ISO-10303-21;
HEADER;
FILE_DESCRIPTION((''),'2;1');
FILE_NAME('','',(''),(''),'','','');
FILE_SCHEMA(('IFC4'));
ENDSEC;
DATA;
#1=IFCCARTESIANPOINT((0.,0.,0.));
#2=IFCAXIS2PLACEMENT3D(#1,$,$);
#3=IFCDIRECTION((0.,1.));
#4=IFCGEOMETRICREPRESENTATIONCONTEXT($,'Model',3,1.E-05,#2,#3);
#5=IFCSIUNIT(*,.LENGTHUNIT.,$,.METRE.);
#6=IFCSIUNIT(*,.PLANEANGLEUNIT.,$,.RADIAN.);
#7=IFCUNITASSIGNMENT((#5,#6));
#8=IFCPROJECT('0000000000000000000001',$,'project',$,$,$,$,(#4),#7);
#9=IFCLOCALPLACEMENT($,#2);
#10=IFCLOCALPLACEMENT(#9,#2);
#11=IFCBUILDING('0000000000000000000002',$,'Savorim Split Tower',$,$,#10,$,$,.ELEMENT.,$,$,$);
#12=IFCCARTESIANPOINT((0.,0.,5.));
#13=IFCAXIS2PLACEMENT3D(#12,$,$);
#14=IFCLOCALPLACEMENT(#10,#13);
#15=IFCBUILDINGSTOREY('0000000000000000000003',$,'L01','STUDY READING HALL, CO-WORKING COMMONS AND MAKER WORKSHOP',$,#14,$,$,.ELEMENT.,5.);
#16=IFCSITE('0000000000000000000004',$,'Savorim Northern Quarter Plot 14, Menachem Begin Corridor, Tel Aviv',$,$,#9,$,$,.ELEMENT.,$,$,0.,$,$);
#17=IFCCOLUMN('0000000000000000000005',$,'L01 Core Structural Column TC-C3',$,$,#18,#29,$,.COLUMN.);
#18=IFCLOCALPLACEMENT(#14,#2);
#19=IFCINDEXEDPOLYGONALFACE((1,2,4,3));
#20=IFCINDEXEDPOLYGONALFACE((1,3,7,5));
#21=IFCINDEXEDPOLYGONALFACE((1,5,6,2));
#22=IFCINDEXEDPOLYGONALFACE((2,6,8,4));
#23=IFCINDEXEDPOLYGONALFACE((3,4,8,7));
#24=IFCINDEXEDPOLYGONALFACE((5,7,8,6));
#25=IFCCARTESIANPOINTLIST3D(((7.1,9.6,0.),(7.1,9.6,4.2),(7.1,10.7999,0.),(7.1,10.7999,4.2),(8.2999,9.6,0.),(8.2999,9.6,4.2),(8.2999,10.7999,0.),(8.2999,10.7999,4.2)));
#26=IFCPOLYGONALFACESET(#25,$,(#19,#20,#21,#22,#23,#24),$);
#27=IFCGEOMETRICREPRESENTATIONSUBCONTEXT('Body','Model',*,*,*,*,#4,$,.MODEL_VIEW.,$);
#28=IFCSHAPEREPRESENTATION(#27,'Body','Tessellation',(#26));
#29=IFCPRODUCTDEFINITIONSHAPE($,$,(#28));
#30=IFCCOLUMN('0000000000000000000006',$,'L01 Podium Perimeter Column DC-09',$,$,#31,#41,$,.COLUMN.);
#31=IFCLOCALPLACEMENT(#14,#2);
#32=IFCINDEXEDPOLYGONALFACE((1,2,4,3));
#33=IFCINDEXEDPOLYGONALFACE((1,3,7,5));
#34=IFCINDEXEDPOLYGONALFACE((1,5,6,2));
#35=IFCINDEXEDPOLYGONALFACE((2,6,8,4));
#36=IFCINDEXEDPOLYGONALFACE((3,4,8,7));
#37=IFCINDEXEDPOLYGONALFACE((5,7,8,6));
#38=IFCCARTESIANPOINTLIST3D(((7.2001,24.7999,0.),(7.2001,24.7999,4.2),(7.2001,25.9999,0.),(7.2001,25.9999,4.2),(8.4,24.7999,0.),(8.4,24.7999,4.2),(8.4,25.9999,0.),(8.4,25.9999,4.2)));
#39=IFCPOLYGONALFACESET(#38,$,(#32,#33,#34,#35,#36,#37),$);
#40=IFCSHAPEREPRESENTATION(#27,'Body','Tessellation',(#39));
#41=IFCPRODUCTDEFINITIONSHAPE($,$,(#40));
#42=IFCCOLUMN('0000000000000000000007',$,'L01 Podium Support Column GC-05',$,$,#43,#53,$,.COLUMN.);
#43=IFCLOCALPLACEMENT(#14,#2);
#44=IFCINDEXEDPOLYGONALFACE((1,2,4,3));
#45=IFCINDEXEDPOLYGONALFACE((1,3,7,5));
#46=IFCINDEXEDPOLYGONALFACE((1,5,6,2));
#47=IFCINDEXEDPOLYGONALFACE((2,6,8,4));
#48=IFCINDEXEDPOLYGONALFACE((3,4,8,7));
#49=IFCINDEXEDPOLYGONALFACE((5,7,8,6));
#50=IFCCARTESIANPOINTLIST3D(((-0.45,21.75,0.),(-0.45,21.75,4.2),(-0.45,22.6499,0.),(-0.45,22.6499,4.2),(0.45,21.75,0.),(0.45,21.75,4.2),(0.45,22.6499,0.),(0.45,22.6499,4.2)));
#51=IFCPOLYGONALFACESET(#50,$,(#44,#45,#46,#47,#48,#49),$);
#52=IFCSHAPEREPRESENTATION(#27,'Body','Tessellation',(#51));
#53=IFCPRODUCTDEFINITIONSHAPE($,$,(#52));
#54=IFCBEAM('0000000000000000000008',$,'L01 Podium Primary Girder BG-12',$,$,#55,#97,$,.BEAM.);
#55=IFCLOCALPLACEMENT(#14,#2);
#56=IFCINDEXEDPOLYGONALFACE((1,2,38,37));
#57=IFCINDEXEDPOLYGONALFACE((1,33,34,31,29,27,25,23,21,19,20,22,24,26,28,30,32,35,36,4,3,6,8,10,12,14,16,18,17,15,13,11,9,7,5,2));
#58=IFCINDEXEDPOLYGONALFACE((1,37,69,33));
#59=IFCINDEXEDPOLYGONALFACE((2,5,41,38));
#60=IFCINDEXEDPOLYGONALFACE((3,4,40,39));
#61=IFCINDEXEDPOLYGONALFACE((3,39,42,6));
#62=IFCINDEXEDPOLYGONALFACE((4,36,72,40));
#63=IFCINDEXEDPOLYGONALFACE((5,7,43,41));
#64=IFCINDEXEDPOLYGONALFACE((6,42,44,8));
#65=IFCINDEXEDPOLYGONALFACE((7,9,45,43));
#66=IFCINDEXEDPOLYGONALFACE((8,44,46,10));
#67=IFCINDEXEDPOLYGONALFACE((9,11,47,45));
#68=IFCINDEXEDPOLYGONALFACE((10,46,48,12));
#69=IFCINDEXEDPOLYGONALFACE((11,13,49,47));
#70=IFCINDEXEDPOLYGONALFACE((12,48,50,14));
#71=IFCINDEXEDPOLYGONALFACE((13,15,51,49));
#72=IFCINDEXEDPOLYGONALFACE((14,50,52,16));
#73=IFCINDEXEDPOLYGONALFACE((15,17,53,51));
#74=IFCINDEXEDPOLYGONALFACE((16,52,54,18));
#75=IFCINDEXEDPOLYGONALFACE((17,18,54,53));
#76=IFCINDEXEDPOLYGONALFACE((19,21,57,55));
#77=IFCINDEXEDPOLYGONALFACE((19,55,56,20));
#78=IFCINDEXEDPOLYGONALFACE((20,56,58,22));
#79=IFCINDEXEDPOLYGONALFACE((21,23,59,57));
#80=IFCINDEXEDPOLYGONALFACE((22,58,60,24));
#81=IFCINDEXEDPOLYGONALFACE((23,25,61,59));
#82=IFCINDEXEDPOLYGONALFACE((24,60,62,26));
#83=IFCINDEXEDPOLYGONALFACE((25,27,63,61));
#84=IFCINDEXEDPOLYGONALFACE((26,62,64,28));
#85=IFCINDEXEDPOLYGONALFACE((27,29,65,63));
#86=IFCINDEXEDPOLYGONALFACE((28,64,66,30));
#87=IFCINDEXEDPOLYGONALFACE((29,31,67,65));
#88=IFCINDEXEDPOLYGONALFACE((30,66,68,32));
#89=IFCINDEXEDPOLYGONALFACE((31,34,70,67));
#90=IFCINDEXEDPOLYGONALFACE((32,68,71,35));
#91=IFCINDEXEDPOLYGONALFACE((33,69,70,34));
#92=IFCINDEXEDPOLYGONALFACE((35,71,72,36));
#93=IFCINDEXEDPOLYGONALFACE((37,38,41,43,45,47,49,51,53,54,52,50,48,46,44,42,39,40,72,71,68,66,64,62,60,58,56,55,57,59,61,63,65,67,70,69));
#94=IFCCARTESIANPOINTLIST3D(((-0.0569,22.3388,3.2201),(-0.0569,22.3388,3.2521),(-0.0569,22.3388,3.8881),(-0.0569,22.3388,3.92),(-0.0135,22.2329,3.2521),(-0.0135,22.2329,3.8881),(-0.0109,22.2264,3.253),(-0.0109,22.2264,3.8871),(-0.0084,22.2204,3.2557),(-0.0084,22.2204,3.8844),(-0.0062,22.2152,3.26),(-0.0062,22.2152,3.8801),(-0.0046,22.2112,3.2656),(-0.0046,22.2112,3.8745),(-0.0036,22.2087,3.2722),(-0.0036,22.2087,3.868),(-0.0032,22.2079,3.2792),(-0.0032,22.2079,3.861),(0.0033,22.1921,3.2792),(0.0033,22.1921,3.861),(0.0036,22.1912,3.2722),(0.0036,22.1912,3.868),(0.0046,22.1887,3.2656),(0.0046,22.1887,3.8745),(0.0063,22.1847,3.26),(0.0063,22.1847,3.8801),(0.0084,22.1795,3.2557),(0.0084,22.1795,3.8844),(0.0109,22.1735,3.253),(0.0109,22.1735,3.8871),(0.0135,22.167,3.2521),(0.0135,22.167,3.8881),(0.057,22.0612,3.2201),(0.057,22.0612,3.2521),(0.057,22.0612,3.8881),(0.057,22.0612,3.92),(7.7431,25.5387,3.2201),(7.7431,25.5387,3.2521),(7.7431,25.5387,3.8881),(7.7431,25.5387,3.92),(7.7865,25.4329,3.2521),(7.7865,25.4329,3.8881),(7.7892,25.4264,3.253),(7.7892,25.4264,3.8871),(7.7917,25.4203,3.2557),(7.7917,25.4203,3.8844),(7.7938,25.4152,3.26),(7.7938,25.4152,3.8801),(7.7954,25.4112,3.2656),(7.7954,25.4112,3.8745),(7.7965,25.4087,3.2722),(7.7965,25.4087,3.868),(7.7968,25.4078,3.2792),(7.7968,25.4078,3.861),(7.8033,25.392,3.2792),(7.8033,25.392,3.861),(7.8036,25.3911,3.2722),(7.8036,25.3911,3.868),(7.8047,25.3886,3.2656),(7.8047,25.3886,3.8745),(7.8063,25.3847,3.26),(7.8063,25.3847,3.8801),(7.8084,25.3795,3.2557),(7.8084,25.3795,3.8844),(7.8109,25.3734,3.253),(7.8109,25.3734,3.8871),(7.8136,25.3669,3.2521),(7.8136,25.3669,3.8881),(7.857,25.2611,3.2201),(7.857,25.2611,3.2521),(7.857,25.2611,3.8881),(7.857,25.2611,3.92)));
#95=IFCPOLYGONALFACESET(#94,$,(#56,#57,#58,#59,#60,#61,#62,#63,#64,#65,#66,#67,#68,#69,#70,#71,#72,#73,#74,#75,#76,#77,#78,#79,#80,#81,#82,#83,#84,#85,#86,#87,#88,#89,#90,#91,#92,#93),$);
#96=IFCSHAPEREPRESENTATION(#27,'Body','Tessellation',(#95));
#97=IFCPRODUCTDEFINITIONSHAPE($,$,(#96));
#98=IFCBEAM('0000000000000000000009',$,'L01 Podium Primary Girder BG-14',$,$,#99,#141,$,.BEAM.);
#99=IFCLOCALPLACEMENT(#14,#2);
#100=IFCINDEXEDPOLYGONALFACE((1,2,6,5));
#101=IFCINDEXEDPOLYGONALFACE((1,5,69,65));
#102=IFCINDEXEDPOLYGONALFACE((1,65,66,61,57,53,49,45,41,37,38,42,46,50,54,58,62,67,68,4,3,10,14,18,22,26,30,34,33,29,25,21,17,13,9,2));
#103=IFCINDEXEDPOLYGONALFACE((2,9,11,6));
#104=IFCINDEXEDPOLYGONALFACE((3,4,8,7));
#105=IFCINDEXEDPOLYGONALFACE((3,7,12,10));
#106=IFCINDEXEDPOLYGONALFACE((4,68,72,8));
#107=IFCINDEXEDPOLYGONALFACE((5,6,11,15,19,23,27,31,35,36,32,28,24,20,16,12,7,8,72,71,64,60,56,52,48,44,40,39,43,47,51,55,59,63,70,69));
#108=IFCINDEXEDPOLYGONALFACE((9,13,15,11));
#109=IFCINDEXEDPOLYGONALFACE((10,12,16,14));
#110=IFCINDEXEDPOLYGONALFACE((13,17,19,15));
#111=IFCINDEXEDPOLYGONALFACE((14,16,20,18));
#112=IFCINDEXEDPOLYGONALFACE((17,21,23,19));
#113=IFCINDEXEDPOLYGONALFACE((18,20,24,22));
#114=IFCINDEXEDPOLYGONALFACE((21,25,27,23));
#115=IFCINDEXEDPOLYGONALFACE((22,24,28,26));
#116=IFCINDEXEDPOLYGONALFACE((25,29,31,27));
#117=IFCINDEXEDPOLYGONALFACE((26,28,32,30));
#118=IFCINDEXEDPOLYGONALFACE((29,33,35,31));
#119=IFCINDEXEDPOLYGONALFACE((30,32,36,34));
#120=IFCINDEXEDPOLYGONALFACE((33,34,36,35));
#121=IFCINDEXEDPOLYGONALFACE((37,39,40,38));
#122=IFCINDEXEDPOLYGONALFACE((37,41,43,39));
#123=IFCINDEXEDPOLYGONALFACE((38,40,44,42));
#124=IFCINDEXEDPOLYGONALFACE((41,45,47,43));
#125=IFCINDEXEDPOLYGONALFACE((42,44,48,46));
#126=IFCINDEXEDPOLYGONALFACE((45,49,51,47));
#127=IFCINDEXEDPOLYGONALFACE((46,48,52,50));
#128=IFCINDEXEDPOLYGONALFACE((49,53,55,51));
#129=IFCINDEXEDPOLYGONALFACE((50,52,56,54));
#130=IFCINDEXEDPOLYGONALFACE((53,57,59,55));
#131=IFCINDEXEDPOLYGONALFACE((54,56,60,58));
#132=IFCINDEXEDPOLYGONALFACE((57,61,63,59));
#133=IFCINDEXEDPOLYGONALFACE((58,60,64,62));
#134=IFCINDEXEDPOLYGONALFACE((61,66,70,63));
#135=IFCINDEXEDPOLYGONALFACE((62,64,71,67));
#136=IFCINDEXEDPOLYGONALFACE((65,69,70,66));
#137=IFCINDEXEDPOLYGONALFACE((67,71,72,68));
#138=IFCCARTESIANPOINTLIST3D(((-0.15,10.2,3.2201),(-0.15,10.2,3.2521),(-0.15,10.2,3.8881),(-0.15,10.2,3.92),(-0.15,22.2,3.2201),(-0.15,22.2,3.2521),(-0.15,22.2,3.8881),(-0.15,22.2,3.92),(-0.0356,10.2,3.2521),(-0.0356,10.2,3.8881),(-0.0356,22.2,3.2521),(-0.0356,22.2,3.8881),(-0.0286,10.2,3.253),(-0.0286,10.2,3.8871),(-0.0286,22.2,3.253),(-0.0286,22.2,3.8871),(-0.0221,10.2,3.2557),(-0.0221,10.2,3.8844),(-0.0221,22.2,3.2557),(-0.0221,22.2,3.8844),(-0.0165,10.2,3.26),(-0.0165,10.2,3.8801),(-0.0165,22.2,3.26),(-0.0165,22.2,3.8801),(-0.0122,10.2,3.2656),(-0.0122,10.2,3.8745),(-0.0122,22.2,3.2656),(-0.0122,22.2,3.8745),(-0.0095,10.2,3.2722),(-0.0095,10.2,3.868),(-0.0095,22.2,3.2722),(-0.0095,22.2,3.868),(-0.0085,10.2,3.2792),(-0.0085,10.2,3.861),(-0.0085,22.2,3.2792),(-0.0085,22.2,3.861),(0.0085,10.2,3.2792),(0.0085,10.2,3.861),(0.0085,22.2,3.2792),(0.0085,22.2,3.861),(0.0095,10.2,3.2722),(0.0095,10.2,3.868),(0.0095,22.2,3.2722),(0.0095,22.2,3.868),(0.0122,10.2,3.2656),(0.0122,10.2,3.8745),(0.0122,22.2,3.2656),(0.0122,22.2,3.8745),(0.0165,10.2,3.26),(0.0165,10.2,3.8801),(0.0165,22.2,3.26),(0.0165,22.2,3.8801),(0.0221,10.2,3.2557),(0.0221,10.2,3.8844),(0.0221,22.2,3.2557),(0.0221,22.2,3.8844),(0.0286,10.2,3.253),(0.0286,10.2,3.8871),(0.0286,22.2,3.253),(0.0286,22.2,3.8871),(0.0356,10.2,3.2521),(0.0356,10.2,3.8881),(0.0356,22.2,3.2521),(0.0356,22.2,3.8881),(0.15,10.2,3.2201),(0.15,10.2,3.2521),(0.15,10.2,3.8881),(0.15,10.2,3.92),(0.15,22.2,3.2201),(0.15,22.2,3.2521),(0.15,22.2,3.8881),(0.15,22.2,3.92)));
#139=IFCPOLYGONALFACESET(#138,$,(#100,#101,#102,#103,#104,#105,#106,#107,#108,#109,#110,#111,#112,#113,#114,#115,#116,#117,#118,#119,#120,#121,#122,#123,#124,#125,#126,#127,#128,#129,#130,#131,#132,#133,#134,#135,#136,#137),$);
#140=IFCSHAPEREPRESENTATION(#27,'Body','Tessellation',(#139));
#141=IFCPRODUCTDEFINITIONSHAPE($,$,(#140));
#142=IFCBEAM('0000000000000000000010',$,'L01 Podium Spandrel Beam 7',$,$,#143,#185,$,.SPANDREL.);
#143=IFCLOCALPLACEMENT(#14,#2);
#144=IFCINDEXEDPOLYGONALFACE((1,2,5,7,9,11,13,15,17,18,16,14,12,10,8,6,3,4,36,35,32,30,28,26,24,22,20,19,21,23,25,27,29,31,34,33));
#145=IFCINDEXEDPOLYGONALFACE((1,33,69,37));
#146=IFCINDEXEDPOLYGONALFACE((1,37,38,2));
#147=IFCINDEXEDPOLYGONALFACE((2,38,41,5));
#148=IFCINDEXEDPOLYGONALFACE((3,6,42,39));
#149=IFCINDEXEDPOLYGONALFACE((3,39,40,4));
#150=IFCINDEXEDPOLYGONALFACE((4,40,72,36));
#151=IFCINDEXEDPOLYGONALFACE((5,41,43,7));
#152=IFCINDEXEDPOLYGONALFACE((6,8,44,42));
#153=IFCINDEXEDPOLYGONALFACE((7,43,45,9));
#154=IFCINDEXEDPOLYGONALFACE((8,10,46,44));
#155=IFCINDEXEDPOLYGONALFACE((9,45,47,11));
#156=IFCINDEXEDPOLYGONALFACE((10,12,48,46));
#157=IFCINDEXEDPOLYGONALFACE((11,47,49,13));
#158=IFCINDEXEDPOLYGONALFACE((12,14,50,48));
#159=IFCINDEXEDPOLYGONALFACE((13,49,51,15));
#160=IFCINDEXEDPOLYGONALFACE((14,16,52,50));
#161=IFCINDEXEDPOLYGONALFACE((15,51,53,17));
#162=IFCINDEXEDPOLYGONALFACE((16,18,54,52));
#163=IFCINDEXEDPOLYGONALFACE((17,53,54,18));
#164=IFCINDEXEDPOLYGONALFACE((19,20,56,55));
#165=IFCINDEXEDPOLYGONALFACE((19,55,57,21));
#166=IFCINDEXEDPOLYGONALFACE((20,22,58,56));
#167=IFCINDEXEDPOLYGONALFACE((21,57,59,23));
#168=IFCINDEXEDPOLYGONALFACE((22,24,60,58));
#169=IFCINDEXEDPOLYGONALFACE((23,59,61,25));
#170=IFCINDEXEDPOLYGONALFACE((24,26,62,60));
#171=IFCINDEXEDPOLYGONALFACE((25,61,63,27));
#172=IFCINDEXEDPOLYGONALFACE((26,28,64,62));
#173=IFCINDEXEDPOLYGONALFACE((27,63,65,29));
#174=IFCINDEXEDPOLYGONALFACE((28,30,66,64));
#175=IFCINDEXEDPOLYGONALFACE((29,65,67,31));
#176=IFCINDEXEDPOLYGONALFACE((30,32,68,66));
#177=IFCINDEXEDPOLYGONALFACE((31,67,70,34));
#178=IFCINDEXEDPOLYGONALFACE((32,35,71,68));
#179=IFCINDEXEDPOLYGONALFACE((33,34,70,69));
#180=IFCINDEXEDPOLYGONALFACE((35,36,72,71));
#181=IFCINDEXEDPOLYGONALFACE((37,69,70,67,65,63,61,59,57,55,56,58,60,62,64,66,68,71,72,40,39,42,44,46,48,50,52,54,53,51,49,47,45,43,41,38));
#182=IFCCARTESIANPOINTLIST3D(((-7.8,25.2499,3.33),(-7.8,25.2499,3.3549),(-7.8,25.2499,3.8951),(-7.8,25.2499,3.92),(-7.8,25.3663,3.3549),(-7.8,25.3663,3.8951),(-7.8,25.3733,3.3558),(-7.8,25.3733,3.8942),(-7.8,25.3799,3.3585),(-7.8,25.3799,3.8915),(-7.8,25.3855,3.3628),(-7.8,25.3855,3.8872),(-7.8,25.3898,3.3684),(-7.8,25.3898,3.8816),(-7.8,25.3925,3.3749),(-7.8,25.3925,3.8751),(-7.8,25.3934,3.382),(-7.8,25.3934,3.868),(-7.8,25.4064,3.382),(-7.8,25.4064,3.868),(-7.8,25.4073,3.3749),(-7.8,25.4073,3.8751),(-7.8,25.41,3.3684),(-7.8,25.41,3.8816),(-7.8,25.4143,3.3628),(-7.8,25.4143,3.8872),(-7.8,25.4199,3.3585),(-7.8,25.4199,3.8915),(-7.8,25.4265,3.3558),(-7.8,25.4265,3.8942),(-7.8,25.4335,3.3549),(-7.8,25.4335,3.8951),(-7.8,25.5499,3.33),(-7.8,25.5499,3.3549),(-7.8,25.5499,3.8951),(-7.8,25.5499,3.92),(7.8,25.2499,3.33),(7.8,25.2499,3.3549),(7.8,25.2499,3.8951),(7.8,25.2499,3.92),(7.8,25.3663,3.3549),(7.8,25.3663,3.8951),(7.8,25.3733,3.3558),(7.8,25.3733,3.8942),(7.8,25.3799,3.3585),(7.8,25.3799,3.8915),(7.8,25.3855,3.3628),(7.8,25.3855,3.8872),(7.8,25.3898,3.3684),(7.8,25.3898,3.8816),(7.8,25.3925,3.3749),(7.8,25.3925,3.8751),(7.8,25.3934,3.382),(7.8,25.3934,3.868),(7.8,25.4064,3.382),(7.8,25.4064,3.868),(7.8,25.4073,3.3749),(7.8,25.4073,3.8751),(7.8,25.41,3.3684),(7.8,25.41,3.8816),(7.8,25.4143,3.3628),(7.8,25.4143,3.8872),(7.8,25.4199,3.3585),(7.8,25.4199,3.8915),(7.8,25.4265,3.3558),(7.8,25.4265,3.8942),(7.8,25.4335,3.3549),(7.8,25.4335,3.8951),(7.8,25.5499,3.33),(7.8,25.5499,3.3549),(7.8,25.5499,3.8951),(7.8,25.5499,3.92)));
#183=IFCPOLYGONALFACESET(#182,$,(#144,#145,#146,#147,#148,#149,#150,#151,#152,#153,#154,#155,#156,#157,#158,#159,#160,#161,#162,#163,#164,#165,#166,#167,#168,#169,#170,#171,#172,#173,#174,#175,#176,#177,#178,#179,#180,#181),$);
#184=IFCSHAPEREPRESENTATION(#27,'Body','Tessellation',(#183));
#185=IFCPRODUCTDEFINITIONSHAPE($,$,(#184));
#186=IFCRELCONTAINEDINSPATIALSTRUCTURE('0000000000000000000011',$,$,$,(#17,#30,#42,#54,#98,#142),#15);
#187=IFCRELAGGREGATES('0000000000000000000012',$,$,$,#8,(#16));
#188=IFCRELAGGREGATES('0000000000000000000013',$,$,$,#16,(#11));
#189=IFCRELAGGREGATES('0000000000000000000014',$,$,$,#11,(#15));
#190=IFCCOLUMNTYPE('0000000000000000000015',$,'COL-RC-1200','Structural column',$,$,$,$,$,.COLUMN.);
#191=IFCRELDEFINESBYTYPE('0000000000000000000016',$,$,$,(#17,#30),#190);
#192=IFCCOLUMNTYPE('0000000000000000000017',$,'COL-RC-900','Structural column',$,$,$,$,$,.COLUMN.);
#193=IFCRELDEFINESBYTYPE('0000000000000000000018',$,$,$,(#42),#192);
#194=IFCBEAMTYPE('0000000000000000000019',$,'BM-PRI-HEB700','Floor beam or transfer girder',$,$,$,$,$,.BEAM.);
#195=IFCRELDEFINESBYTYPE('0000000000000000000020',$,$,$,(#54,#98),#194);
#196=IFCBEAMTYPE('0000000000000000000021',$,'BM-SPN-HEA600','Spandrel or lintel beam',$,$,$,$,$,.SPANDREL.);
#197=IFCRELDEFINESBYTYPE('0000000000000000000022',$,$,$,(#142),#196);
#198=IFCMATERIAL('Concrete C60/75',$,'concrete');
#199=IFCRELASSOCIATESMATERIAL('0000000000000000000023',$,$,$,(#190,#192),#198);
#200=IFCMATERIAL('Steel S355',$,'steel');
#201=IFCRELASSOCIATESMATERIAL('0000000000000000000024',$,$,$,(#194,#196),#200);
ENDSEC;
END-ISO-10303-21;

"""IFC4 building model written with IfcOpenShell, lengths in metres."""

from ifc_helpers import new_model, si_unit, direction, frame, origin, origin_2d, place, context, subcontext, project, spatial, rectangle, i_section, extrude, material, material_profile, profile_set, type_object, element, save


model = new_model("IFC4")

# Units and contexts
model_context = context("Model", 3, precision=1e-05, world=origin(), true_north=direction((0.0, 1.0)))
body_context = subcontext(model_context, "Body", "Model", "MODEL_VIEW")
ifc_project = project(units=[si_unit("LENGTHUNIT", "METRE"), si_unit("PLANEANGLEUNIT", "RADIAN")], contexts=[model_context])

# Site, building, storey
site_placement = place(None, origin())
site = spatial("IfcSite", under=ifc_project, at=site_placement, Name="Savorim Northern Quarter Plot 14, Menachem Begin Corridor, Tel Aviv", CompositionType="ELEMENT", RefElevation=0.0)
building_placement = place(site_placement, origin())
building = spatial("IfcBuilding", under=site, at=building_placement, Name="Savorim Split Tower", CompositionType="ELEMENT")
storey_placement = place(building_placement, frame((0.0, 0.0, 5.0)))
storey = spatial("IfcBuildingStorey", under=building, at=storey_placement, Name="L01", Description="STUDY READING HALL, CO-WORKING COMMONS AND MAKER WORKSHOP", CompositionType="ELEMENT", Elevation=5.0)

# Columns
ifc_material_1 = material(Name="Concrete C60/75", Category="concrete")
ifc_material_profile_1 = material_profile(ifc_material_1, rectangle(XDim=1.2, YDim=1.2, at=origin_2d()), Name="RC 1200x1200")
ifc_profile_set_1 = profile_set([ifc_material_profile_1], Name="Concrete C60/75")
column_type_1 = type_object("IfcColumnType", Name="COL-RC-1200", Description="Structural column", PredefinedType="COLUMN", material=ifc_profile_set_1)
for number, where, z_axis, x_axis, name in (
    (1, (7.7, 10.2, 0.0), (0.0, 0.0, 1.0), (1.0, 0.0, 0.0), "L01 Core Structural Column TC-C3"),
    (2, (7.8, 25.3999, 0.0), (0.0, 0.0, 1.0), (1.0, 0.0, 0.0), "L01 Podium Perimeter Column DC-09"),
):
    element("IfcColumn", number, at=place(storey_placement, frame(where, z_axis=z_axis, x_axis=x_axis)), inside=storey, type_object=column_type_1, Name=name, PredefinedType="COLUMN", context=body_context, shape_type="SweptSolid", body=[
        extrude(rectangle(XDim=1.2, YDim=1.2, at=origin_2d()), origin(), (0.0, 0.0, 1.0), 4.2),
    ])
ifc_material_profile_2 = material_profile(ifc_material_1, rectangle(XDim=0.8999, YDim=0.8999, at=origin_2d()), Name="RC 900x900")
ifc_profile_set_2 = profile_set([ifc_material_profile_2], Name="Concrete C60/75")
column_type_2 = type_object("IfcColumnType", Name="COL-RC-900", Description="Structural column", PredefinedType="COLUMN", material=ifc_profile_set_2)
column_placement = place(storey_placement, frame((0.0, 22.2, 0.0), z_axis=(0.0, 0.0, 1.0), x_axis=(1.0, 0.0, 0.0)))
element("IfcColumn", 3, at=column_placement, inside=storey, type_object=column_type_2, Name="L01 Podium Support Column GC-05", PredefinedType="COLUMN", context=body_context, shape_type="SweptSolid", body=[
    extrude(rectangle(XDim=0.8999, YDim=0.8999, at=origin_2d()), origin(), (0.0, 0.0, 1.0), 4.2),
])

# Beams
ifc_material_2 = material(Name="Steel S355", Category="steel")
ifc_material_profile_3 = material_profile(ifc_material_2, i_section(OverallWidth=0.3, OverallDepth=0.7, WebThickness=0.0171, FlangeThickness=0.032, FilletRadius=0.0271, at=origin_2d()), Name="HEB 700")
ifc_profile_set_3 = profile_set([ifc_material_profile_3], Name="Steel S355")
beam_type_1 = type_object("IfcBeamType", Name="BM-PRI-HEB700", Description="Floor beam or transfer girder", PredefinedType="BEAM", material=ifc_profile_set_3)
beam_1_placement = place(storey_placement, frame((7.8, 25.3999, 3.5701), z_axis=(-0.925171, -0.379549, 0.0), x_axis=(0.379549, -0.925171, 0.0)))
element("IfcBeam", 4, at=beam_1_placement, inside=storey, type_object=beam_type_1, Name="L01 Podium Primary Girder BG-12", PredefinedType="BEAM", context=body_context, shape_type="SweptSolid", body=[
    extrude(i_section(OverallWidth=0.3, OverallDepth=0.7, WebThickness=0.0171, FlangeThickness=0.032, FilletRadius=0.0271, at=origin_2d()), origin(), (0.0, 0.0, 1.0), 8.4309),
])
beam_2_placement = place(storey_placement, frame((0.0, 22.2, 3.5701), z_axis=(0.0, -1.0, 0.0), x_axis=(1.0, 0.0, 0.0)))
element("IfcBeam", 5, at=beam_2_placement, inside=storey, type_object=beam_type_1, Name="L01 Podium Primary Girder BG-14", PredefinedType="BEAM", context=body_context, shape_type="SweptSolid", body=[
    extrude(i_section(OverallWidth=0.3, OverallDepth=0.7, WebThickness=0.0171, FlangeThickness=0.032, FilletRadius=0.0271, at=origin_2d()), origin(), (0.0, 0.0, 1.0), 12.0),
])
ifc_material_profile_4 = material_profile(ifc_material_2, i_section(OverallWidth=0.3, OverallDepth=0.5901, WebThickness=0.0129, FlangeThickness=0.0249, FilletRadius=0.0271, at=origin_2d()), Name="HEA 600")
ifc_profile_set_4 = profile_set([ifc_material_profile_4], Name="Steel S355")
beam_type_2 = type_object("IfcBeamType", Name="BM-SPN-HEA600", Description="Spandrel or lintel beam", PredefinedType="SPANDREL", material=ifc_profile_set_4)
beam_3_placement = place(storey_placement, frame((7.8, 25.3999, 3.625), z_axis=(-1.0, 0.0, 0.0), x_axis=(0.0, -1.0, 0.0)))
element("IfcBeam", 6, at=beam_3_placement, inside=storey, type_object=beam_type_2, Name="L01 Podium Spandrel Beam 7", PredefinedType="SPANDREL", context=body_context, shape_type="SweptSolid", body=[
    extrude(i_section(OverallWidth=0.3, OverallDepth=0.5901, WebThickness=0.0129, FlangeThickness=0.0249, FilletRadius=0.0271, at=origin_2d()), origin(), (0.0, 0.0, 1.0), 15.6001),
])

save(model, "model.ifc")
